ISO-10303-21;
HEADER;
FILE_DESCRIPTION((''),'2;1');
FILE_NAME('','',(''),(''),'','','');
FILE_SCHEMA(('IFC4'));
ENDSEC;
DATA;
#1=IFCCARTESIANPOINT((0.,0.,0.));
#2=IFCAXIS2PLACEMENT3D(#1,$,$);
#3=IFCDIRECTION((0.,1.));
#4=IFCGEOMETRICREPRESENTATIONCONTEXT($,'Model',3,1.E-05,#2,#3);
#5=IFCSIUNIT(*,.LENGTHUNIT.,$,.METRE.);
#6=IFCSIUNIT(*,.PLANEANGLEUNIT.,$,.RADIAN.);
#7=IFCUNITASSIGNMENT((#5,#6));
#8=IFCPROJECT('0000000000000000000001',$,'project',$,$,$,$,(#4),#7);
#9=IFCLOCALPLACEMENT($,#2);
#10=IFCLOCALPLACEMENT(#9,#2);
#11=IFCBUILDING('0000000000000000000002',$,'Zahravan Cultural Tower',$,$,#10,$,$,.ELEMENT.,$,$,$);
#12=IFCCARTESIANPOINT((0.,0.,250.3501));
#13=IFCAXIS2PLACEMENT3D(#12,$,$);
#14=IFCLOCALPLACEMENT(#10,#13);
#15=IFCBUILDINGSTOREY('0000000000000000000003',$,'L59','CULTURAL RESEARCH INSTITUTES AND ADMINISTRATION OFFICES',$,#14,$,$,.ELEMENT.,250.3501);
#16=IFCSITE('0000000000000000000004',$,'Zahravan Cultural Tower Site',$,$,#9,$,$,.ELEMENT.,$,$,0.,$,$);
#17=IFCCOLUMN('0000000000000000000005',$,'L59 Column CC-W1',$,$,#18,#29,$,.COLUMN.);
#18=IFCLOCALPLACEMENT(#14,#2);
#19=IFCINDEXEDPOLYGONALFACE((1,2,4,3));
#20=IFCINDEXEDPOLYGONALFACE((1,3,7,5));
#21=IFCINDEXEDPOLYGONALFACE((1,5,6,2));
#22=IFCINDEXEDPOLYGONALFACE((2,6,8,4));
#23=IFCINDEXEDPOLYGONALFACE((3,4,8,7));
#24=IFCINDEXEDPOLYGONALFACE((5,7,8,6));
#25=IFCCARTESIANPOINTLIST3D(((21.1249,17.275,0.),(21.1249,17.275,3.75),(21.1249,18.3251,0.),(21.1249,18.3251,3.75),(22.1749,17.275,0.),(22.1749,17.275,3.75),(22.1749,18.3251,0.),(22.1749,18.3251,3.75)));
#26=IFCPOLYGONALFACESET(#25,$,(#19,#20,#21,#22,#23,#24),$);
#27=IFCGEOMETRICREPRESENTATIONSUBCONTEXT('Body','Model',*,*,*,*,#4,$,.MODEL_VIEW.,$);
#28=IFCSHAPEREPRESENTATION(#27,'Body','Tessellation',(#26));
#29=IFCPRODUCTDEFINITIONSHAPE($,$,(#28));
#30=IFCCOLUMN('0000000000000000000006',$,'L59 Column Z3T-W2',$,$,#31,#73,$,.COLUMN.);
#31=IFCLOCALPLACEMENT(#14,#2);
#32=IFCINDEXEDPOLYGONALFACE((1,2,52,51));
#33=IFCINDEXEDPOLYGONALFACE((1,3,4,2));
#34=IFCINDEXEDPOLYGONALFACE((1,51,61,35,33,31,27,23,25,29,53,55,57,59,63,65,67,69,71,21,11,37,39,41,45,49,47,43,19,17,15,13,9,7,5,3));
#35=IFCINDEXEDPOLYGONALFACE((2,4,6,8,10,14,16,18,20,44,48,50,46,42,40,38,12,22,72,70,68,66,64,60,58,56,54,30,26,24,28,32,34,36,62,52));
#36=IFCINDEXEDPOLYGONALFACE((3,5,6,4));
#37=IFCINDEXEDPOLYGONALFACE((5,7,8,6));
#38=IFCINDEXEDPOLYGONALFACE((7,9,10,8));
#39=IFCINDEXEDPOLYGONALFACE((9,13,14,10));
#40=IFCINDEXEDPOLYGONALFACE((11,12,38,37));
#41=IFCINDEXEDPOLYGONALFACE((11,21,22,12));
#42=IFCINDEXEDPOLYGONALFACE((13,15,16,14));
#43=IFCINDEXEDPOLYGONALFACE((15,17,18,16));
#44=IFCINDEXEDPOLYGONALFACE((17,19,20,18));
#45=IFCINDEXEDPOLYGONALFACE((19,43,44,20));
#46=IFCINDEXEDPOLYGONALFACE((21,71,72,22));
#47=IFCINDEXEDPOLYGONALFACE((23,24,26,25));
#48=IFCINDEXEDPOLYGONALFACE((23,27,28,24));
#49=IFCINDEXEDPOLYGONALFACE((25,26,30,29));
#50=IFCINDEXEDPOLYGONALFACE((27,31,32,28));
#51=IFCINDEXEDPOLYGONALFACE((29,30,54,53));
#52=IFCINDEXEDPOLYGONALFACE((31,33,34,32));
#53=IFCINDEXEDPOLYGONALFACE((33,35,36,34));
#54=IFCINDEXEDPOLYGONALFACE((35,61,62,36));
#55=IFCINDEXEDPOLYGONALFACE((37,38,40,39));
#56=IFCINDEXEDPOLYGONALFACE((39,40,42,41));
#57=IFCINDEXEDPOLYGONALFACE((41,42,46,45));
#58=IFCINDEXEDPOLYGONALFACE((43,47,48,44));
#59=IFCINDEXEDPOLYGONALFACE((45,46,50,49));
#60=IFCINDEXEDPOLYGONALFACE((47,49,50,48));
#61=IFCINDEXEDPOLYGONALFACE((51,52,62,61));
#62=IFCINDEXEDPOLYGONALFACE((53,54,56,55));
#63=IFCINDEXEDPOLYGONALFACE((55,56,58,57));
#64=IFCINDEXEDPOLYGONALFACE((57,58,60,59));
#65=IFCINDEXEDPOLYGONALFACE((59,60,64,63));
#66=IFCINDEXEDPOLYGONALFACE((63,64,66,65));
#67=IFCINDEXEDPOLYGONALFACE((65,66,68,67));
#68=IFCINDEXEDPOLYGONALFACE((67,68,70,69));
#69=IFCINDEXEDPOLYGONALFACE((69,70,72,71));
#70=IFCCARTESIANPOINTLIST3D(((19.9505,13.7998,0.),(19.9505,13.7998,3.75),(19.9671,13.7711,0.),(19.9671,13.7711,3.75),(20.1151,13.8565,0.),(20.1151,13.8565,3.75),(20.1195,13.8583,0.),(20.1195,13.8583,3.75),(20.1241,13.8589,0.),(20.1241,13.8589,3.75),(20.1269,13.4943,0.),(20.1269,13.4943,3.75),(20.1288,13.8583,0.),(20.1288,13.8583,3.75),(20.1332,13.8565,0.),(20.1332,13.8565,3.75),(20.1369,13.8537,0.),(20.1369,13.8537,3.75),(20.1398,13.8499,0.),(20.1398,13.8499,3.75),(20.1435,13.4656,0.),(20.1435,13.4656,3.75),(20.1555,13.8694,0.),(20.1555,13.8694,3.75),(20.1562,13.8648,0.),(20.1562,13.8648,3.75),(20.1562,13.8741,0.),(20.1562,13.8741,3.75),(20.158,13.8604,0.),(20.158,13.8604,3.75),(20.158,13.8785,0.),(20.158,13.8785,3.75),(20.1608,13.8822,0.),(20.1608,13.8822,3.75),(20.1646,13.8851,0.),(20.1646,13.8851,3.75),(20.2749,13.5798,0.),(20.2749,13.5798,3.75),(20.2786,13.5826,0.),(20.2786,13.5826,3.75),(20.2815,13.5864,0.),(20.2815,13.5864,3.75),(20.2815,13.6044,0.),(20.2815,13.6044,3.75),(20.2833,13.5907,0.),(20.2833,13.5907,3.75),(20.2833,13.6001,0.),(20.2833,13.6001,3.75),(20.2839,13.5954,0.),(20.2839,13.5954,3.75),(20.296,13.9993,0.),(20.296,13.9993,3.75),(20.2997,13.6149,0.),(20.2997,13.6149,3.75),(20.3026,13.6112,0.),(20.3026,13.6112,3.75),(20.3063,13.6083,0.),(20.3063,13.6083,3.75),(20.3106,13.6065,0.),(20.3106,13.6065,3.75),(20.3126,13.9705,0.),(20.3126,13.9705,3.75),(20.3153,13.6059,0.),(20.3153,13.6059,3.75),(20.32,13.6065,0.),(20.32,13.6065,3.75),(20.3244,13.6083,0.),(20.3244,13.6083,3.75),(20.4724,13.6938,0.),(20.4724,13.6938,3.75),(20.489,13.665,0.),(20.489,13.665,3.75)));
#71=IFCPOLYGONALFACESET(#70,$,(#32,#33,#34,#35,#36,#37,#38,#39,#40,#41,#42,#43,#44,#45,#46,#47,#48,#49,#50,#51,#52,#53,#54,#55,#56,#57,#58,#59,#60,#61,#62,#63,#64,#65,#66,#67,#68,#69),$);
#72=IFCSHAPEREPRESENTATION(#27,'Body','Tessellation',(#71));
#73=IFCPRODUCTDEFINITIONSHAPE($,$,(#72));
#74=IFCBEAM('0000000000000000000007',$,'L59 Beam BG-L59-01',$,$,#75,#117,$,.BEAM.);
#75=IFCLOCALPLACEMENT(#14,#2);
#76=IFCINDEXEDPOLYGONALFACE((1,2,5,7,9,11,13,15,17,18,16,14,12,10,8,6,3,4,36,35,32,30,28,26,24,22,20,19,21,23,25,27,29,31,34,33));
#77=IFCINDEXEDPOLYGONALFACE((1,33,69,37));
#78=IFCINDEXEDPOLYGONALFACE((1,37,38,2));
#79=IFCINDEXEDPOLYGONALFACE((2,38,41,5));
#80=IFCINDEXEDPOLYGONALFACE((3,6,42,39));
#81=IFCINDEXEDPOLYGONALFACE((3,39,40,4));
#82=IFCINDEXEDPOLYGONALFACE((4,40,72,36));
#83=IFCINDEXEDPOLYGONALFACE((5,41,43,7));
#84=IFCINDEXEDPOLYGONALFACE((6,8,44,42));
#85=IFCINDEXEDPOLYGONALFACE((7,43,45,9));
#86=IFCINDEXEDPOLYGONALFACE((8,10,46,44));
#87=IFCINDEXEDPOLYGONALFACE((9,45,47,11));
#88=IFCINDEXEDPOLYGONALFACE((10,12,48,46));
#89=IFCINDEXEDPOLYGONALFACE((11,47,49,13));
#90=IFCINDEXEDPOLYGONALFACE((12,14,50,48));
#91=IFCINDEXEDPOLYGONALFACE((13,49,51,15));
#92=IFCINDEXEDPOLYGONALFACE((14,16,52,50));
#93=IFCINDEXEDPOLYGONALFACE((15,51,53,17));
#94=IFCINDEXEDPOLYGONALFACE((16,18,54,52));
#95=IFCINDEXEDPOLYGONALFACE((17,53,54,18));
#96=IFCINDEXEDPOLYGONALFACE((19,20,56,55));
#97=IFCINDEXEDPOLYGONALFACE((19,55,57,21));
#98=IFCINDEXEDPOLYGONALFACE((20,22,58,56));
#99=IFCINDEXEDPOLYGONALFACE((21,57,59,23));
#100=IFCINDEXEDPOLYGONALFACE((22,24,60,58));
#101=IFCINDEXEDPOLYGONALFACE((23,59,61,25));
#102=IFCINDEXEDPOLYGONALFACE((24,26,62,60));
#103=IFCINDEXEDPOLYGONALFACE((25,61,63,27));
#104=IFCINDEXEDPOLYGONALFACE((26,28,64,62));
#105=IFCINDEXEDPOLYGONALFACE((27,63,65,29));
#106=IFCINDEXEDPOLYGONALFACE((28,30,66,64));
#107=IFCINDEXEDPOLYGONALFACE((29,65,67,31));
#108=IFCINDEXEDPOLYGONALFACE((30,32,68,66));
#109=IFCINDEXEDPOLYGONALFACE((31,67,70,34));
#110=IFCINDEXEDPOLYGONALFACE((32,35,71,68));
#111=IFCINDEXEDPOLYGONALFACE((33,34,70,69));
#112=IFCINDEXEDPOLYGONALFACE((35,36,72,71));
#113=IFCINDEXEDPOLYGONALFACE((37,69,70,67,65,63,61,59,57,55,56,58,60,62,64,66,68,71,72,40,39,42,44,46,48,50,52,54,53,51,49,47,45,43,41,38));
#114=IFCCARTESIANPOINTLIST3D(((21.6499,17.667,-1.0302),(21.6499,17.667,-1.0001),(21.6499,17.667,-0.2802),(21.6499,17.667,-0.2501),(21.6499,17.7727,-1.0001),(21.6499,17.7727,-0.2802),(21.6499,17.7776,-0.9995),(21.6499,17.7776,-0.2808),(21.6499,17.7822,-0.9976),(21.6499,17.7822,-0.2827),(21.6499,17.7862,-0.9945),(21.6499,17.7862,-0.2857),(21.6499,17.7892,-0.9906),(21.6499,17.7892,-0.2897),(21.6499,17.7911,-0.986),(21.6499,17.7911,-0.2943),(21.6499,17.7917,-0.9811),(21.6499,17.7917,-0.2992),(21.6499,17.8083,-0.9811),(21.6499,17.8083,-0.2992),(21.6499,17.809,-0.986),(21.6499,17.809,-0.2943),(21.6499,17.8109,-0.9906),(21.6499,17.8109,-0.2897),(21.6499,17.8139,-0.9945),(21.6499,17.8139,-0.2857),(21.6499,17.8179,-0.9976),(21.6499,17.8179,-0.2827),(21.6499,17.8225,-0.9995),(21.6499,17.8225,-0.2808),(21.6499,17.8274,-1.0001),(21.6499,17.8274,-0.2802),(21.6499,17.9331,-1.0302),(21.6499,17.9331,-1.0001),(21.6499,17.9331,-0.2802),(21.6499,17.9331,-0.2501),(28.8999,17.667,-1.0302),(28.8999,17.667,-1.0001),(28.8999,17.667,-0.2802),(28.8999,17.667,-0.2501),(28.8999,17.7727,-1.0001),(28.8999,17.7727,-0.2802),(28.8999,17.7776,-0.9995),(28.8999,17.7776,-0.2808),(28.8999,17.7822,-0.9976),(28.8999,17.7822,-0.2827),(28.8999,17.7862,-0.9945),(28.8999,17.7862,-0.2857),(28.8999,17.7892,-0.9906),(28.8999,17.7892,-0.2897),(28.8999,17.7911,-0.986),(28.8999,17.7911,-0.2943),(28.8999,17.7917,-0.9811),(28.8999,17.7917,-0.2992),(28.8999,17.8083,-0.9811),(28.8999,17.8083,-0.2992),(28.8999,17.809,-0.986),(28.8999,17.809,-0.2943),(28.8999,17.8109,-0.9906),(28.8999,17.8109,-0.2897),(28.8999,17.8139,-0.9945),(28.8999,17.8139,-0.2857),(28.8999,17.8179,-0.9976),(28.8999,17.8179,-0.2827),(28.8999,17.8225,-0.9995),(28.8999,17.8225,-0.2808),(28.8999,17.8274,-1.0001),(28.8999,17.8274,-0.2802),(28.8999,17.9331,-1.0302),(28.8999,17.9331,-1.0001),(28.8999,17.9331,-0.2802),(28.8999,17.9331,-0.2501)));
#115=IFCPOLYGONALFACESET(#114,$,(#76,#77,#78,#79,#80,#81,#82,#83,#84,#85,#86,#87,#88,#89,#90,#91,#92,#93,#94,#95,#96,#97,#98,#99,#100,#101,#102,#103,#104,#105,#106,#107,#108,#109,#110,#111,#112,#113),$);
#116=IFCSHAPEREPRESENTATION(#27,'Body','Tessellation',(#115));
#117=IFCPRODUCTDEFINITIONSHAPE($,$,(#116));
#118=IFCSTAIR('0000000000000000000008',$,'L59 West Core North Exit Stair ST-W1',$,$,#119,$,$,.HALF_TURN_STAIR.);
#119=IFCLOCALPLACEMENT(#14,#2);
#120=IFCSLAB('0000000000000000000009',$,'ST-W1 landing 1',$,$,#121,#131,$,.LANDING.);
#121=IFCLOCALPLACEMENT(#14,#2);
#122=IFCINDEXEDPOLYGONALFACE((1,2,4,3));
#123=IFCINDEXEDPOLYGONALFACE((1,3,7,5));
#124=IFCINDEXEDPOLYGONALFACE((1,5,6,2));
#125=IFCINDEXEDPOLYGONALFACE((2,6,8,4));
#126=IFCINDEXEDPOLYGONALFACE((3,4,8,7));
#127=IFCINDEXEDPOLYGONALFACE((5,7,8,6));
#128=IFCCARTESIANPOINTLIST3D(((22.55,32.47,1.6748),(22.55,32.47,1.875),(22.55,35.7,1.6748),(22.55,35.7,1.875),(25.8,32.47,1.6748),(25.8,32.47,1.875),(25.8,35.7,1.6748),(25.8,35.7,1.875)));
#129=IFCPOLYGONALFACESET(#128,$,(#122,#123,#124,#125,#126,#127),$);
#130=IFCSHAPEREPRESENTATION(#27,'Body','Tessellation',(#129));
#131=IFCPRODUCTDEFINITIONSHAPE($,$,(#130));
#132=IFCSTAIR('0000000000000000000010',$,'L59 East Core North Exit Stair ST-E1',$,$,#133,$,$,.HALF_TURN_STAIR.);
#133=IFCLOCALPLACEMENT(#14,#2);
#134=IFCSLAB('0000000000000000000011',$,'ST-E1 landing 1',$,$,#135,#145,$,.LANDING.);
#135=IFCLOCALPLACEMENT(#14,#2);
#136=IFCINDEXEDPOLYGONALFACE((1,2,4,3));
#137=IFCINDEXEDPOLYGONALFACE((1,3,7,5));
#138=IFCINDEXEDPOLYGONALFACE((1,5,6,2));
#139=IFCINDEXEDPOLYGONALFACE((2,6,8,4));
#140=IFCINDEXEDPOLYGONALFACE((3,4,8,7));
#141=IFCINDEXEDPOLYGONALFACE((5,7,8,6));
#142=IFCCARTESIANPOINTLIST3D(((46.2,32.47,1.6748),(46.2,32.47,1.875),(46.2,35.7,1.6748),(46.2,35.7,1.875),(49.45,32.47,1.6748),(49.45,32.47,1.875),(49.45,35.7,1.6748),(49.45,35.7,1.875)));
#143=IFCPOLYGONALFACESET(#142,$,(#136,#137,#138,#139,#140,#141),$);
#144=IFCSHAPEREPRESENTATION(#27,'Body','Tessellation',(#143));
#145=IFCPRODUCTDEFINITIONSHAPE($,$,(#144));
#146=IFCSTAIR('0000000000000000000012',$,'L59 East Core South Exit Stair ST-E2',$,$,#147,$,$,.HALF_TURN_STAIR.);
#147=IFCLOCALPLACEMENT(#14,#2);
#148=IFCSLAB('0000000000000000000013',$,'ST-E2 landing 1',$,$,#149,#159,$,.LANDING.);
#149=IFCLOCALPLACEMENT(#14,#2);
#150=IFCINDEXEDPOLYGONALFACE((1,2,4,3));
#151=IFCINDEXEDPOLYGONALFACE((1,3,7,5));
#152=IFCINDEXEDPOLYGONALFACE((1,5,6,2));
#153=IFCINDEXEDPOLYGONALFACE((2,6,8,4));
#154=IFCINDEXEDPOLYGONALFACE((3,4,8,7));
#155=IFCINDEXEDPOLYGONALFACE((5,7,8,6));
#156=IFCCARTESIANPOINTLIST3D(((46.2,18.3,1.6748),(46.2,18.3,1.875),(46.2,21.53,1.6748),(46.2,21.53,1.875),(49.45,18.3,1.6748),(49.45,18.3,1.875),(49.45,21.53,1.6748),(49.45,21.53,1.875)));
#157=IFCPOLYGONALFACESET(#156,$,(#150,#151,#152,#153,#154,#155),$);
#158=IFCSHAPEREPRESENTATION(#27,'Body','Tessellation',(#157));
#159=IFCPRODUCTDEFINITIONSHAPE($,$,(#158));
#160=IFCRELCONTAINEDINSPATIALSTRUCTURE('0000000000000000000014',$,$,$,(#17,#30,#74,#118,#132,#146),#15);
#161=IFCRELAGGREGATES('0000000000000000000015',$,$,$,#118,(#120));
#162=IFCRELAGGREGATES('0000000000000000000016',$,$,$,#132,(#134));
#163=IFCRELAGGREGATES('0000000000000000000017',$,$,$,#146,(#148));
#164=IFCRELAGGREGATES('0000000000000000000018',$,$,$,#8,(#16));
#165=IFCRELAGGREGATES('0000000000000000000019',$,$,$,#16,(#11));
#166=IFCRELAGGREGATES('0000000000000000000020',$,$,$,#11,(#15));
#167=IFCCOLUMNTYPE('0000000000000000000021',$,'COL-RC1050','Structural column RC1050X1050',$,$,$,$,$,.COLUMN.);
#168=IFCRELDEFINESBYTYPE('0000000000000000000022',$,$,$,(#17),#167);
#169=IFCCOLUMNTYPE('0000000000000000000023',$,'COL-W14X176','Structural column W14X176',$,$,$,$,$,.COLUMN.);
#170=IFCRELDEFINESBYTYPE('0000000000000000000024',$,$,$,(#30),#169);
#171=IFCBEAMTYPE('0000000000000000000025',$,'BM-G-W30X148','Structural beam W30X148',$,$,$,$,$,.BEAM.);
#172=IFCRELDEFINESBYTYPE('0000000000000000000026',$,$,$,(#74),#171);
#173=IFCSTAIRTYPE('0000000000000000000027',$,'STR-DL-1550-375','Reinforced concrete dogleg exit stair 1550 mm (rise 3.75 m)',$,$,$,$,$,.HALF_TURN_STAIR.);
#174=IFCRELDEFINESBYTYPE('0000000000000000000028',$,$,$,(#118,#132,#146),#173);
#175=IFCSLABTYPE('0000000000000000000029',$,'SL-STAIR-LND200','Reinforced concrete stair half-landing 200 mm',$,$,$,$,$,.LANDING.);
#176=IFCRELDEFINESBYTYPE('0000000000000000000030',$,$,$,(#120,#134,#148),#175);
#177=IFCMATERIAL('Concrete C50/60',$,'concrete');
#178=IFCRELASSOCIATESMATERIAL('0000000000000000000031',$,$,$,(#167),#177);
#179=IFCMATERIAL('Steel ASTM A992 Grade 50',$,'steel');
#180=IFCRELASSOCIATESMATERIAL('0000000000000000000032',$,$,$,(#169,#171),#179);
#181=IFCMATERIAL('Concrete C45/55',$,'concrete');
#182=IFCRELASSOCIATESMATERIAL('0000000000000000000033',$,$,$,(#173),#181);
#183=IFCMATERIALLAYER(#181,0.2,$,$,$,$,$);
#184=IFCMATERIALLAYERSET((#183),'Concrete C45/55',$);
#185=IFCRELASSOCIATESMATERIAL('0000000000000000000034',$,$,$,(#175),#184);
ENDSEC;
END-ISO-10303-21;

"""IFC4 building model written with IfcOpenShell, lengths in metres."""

from ifc_helpers import new_model, si_unit, direction, frame, origin, origin_2d, place, context, subcontext, project, spatial, polyline, rectangle, i_section, outline, extrude, source, transform, mapped, material, layer, layer_set, material_profile, profile_set, type_object, element, aggregate, save


model = new_model("IFC4")

# Units and contexts
model_context = context("Model", 3, precision=1e-05, world=origin(), true_north=direction((0.0, 1.0)))
body_context = subcontext(model_context, "Body", "Model", "MODEL_VIEW")
ifc_project = project(units=[si_unit("LENGTHUNIT", "METRE"), si_unit("PLANEANGLEUNIT", "RADIAN")], contexts=[model_context])

# Site, building, storey
site_placement = place(None, origin())
site = spatial("IfcSite", under=ifc_project, at=site_placement, Name="Zahravan Cultural Tower Site", CompositionType="ELEMENT", RefElevation=0.0)
building_placement = place(site_placement, origin())
building = spatial("IfcBuilding", under=site, at=building_placement, Name="Zahravan Cultural Tower", CompositionType="ELEMENT")
storey_placement = place(building_placement, frame((0.0, 0.0, 250.3501)))
storey = spatial("IfcBuildingStorey", under=building, at=storey_placement, Name="L59", Description="CULTURAL RESEARCH INSTITUTES AND ADMINISTRATION OFFICES", CompositionType="ELEMENT", Elevation=250.3501)

# Columns
ifc_material_1 = material(Name="Concrete C50/60", Category="concrete")
ifc_material_profile_1 = material_profile(ifc_material_1, rectangle(XDim=1.05, YDim=1.05, at=origin_2d()), Name="RC1050X1050")
ifc_profile_set_1 = profile_set([ifc_material_profile_1], Name="Concrete C50/60")
column_type_1 = type_object("IfcColumnType", Name="COL-RC1050", Description="Structural column RC1050X1050", PredefinedType="COLUMN", material=ifc_profile_set_1)
shared_shape_1 = source(origin(), body_context, "Body", "SweptSolid", [
    extrude(rectangle(XDim=1.05, YDim=1.05, at=origin_2d()), origin(), (0.0, 0.0, 1.0), 3.75),
])
column_1_placement = place(storey_placement, frame((21.6499, 17.8, 0.0), z_axis=(0.0, 0.0, 1.0), x_axis=(1.0, 0.0, 0.0)))
element("IfcColumn", 1, at=column_1_placement, inside=storey, type_object=column_type_1, Name="L59 Column CC-W1", PredefinedType="COLUMN", context=body_context, shape_type="MappedRepresentation", body=[
    mapped(shared_shape_1, transform((0.0, 0.0, 0.0), x_axis=(1.0, 0.0, 0.0), y_axis=(0.0, 1.0, 0.0), z_axis=(0.0, 0.0, 1.0), scale=1.0)),
])
ifc_material_2 = material(Name="Steel ASTM A992 Grade 50", Category="steel")
ifc_material_profile_2 = material_profile(ifc_material_2, i_section(OverallWidth=0.3989, OverallDepth=0.386, WebThickness=0.021, FlangeThickness=0.0332, FilletRadius=0.0181, at=origin_2d()), Name="W14X176")
ifc_profile_set_2 = profile_set([ifc_material_profile_2], Name="Steel ASTM A992 Grade 50")
column_type_2 = type_object("IfcColumnType", Name="COL-W14X176", Description="Structural column W14X176", PredefinedType="COLUMN", material=ifc_profile_set_2)
shared_shape_2 = source(origin(), body_context, "Body", "SweptSolid", [
    extrude(i_section(OverallWidth=0.3989, OverallDepth=0.386, WebThickness=0.021, FlangeThickness=0.0332, FilletRadius=0.0181, at=origin_2d()), origin(), (0.0, 0.0, 1.0), 3.75),
])
column_2_placement = place(storey_placement, frame((20.2197, 13.7324, 0.0), z_axis=(0.0, 0.0, 1.0), x_axis=(0.866025, 0.5, 0.0)))
element("IfcColumn", 2, at=column_2_placement, inside=storey, type_object=column_type_2, Name="L59 Column Z3T-W2", PredefinedType="COLUMN", context=body_context, shape_type="MappedRepresentation", body=[
    mapped(shared_shape_2, transform((0.0, 0.0, 0.0), x_axis=(1.0, 0.0, 0.0), y_axis=(0.0, 1.0, 0.0), z_axis=(0.0, 0.0, 1.0), scale=1.0)),
])

# Beam
ifc_material_profile_3 = material_profile(ifc_material_2, i_section(OverallWidth=0.2661, OverallDepth=0.78, WebThickness=0.0166, FlangeThickness=0.03, FilletRadius=0.019, at=origin_2d()), Name="W30X148")
ifc_profile_set_3 = profile_set([ifc_material_profile_3], Name="Steel ASTM A992 Grade 50")
beam_type = type_object("IfcBeamType", Name="BM-G-W30X148", Description="Structural beam W30X148", PredefinedType="BEAM", material=ifc_profile_set_3)
shared_shape_3 = source(origin(), body_context, "Body", "SweptSolid", [
    extrude(i_section(OverallWidth=0.2661, OverallDepth=0.78, WebThickness=0.0166, FlangeThickness=0.03, FilletRadius=0.019, at=origin_2d()), origin(), (0.0, 0.0, 1.0), 7.25),
])
beam_placement = place(storey_placement, frame((21.6499, 17.8, -0.6401), z_axis=(1.0, 0.0, 0.0), x_axis=(0.0, 1.0, 0.0)))
element("IfcBeam", 3, at=beam_placement, inside=storey, type_object=beam_type, Name="L59 Beam BG-L59-01", PredefinedType="BEAM", context=body_context, shape_type="MappedRepresentation", body=[
    mapped(shared_shape_3, transform((0.0, 0.0, 0.0), x_axis=(1.0, 0.0, 0.0), y_axis=(0.0, 1.0, 0.0), z_axis=(0.0, 0.0, 1.0), scale=1.0)),
])

# Stairs, slabs
ifc_material_3 = material(Name="Concrete C45/55", Category="concrete")
stair_type = type_object("IfcStairType", Name="STR-DL-1550-375", Description="Reinforced concrete dogleg exit stair 1550 mm (rise 3.75 m)", PredefinedType="HALF_TURN_STAIR", material=ifc_material_3)
stair_1_placement = place(storey_placement, origin())
stair_1 = element("IfcStair", 4, at=stair_1_placement, inside=storey, type_object=stair_type, Name="L59 West Core North Exit Stair ST-W1", PredefinedType="HALF_TURN_STAIR")
ifc_layer_1 = layer(ifc_material_3, 0.2)
ifc_layer_set_1 = layer_set([ifc_layer_1], Name="Concrete C45/55")
slab_type_1 = type_object("IfcSlabType", Name="SL-STAIR-LND200", Description="Reinforced concrete stair half-landing 200 mm", PredefinedType="LANDING", material=ifc_layer_set_1)
slab_1_placement = place(storey_placement, frame((0.0, 0.0, 1.6748)))
slab_1 = element("IfcSlab", 5, at=slab_1_placement, type_object=slab_type_1, Name="ST-W1 landing 1", PredefinedType="LANDING", context=body_context, shape_type="SweptSolid", body=[
    extrude(outline(polyline([(25.8, 32.47), (25.8, 35.7), (22.55, 35.7), (22.55, 32.47), (25.8, 32.47)])), origin(), (0.0, 0.0, 1.0), 0.2002),
])
aggregate(stair_1, [slab_1])
stair_2_placement = place(storey_placement, origin())
stair_2 = element("IfcStair", 6, at=stair_2_placement, inside=storey, type_object=stair_type, Name="L59 East Core North Exit Stair ST-E1", PredefinedType="HALF_TURN_STAIR")
slab_2_placement = place(storey_placement, frame((0.0, 0.0, 1.6748)))
slab_2 = element("IfcSlab", 7, at=slab_2_placement, type_object=slab_type_1, Name="ST-E1 landing 1", PredefinedType="LANDING", context=body_context, shape_type="SweptSolid", body=[
    extrude(outline(polyline([(49.45, 32.47), (49.45, 35.7), (46.2, 35.7), (46.2, 32.47), (49.45, 32.47)])), origin(), (0.0, 0.0, 1.0), 0.2002),
])
aggregate(stair_2, [slab_2])
stair_3_placement = place(storey_placement, origin())
stair_3 = element("IfcStair", 8, at=stair_3_placement, inside=storey, type_object=stair_type, Name="L59 East Core South Exit Stair ST-E2", PredefinedType="HALF_TURN_STAIR")
slab_3_placement = place(storey_placement, frame((0.0, 0.0, 1.6748)))
slab_3 = element("IfcSlab", 9, at=slab_3_placement, type_object=slab_type_1, Name="ST-E2 landing 1", PredefinedType="LANDING", context=body_context, shape_type="SweptSolid", body=[
    extrude(outline(polyline([(46.2, 21.53), (46.2, 18.3), (49.45, 18.3), (49.45, 21.53), (46.2, 21.53)])), origin(), (0.0, 0.0, 1.0), 0.2002),
])
aggregate(stair_3, [slab_3])

save(model, "model.ifc")
